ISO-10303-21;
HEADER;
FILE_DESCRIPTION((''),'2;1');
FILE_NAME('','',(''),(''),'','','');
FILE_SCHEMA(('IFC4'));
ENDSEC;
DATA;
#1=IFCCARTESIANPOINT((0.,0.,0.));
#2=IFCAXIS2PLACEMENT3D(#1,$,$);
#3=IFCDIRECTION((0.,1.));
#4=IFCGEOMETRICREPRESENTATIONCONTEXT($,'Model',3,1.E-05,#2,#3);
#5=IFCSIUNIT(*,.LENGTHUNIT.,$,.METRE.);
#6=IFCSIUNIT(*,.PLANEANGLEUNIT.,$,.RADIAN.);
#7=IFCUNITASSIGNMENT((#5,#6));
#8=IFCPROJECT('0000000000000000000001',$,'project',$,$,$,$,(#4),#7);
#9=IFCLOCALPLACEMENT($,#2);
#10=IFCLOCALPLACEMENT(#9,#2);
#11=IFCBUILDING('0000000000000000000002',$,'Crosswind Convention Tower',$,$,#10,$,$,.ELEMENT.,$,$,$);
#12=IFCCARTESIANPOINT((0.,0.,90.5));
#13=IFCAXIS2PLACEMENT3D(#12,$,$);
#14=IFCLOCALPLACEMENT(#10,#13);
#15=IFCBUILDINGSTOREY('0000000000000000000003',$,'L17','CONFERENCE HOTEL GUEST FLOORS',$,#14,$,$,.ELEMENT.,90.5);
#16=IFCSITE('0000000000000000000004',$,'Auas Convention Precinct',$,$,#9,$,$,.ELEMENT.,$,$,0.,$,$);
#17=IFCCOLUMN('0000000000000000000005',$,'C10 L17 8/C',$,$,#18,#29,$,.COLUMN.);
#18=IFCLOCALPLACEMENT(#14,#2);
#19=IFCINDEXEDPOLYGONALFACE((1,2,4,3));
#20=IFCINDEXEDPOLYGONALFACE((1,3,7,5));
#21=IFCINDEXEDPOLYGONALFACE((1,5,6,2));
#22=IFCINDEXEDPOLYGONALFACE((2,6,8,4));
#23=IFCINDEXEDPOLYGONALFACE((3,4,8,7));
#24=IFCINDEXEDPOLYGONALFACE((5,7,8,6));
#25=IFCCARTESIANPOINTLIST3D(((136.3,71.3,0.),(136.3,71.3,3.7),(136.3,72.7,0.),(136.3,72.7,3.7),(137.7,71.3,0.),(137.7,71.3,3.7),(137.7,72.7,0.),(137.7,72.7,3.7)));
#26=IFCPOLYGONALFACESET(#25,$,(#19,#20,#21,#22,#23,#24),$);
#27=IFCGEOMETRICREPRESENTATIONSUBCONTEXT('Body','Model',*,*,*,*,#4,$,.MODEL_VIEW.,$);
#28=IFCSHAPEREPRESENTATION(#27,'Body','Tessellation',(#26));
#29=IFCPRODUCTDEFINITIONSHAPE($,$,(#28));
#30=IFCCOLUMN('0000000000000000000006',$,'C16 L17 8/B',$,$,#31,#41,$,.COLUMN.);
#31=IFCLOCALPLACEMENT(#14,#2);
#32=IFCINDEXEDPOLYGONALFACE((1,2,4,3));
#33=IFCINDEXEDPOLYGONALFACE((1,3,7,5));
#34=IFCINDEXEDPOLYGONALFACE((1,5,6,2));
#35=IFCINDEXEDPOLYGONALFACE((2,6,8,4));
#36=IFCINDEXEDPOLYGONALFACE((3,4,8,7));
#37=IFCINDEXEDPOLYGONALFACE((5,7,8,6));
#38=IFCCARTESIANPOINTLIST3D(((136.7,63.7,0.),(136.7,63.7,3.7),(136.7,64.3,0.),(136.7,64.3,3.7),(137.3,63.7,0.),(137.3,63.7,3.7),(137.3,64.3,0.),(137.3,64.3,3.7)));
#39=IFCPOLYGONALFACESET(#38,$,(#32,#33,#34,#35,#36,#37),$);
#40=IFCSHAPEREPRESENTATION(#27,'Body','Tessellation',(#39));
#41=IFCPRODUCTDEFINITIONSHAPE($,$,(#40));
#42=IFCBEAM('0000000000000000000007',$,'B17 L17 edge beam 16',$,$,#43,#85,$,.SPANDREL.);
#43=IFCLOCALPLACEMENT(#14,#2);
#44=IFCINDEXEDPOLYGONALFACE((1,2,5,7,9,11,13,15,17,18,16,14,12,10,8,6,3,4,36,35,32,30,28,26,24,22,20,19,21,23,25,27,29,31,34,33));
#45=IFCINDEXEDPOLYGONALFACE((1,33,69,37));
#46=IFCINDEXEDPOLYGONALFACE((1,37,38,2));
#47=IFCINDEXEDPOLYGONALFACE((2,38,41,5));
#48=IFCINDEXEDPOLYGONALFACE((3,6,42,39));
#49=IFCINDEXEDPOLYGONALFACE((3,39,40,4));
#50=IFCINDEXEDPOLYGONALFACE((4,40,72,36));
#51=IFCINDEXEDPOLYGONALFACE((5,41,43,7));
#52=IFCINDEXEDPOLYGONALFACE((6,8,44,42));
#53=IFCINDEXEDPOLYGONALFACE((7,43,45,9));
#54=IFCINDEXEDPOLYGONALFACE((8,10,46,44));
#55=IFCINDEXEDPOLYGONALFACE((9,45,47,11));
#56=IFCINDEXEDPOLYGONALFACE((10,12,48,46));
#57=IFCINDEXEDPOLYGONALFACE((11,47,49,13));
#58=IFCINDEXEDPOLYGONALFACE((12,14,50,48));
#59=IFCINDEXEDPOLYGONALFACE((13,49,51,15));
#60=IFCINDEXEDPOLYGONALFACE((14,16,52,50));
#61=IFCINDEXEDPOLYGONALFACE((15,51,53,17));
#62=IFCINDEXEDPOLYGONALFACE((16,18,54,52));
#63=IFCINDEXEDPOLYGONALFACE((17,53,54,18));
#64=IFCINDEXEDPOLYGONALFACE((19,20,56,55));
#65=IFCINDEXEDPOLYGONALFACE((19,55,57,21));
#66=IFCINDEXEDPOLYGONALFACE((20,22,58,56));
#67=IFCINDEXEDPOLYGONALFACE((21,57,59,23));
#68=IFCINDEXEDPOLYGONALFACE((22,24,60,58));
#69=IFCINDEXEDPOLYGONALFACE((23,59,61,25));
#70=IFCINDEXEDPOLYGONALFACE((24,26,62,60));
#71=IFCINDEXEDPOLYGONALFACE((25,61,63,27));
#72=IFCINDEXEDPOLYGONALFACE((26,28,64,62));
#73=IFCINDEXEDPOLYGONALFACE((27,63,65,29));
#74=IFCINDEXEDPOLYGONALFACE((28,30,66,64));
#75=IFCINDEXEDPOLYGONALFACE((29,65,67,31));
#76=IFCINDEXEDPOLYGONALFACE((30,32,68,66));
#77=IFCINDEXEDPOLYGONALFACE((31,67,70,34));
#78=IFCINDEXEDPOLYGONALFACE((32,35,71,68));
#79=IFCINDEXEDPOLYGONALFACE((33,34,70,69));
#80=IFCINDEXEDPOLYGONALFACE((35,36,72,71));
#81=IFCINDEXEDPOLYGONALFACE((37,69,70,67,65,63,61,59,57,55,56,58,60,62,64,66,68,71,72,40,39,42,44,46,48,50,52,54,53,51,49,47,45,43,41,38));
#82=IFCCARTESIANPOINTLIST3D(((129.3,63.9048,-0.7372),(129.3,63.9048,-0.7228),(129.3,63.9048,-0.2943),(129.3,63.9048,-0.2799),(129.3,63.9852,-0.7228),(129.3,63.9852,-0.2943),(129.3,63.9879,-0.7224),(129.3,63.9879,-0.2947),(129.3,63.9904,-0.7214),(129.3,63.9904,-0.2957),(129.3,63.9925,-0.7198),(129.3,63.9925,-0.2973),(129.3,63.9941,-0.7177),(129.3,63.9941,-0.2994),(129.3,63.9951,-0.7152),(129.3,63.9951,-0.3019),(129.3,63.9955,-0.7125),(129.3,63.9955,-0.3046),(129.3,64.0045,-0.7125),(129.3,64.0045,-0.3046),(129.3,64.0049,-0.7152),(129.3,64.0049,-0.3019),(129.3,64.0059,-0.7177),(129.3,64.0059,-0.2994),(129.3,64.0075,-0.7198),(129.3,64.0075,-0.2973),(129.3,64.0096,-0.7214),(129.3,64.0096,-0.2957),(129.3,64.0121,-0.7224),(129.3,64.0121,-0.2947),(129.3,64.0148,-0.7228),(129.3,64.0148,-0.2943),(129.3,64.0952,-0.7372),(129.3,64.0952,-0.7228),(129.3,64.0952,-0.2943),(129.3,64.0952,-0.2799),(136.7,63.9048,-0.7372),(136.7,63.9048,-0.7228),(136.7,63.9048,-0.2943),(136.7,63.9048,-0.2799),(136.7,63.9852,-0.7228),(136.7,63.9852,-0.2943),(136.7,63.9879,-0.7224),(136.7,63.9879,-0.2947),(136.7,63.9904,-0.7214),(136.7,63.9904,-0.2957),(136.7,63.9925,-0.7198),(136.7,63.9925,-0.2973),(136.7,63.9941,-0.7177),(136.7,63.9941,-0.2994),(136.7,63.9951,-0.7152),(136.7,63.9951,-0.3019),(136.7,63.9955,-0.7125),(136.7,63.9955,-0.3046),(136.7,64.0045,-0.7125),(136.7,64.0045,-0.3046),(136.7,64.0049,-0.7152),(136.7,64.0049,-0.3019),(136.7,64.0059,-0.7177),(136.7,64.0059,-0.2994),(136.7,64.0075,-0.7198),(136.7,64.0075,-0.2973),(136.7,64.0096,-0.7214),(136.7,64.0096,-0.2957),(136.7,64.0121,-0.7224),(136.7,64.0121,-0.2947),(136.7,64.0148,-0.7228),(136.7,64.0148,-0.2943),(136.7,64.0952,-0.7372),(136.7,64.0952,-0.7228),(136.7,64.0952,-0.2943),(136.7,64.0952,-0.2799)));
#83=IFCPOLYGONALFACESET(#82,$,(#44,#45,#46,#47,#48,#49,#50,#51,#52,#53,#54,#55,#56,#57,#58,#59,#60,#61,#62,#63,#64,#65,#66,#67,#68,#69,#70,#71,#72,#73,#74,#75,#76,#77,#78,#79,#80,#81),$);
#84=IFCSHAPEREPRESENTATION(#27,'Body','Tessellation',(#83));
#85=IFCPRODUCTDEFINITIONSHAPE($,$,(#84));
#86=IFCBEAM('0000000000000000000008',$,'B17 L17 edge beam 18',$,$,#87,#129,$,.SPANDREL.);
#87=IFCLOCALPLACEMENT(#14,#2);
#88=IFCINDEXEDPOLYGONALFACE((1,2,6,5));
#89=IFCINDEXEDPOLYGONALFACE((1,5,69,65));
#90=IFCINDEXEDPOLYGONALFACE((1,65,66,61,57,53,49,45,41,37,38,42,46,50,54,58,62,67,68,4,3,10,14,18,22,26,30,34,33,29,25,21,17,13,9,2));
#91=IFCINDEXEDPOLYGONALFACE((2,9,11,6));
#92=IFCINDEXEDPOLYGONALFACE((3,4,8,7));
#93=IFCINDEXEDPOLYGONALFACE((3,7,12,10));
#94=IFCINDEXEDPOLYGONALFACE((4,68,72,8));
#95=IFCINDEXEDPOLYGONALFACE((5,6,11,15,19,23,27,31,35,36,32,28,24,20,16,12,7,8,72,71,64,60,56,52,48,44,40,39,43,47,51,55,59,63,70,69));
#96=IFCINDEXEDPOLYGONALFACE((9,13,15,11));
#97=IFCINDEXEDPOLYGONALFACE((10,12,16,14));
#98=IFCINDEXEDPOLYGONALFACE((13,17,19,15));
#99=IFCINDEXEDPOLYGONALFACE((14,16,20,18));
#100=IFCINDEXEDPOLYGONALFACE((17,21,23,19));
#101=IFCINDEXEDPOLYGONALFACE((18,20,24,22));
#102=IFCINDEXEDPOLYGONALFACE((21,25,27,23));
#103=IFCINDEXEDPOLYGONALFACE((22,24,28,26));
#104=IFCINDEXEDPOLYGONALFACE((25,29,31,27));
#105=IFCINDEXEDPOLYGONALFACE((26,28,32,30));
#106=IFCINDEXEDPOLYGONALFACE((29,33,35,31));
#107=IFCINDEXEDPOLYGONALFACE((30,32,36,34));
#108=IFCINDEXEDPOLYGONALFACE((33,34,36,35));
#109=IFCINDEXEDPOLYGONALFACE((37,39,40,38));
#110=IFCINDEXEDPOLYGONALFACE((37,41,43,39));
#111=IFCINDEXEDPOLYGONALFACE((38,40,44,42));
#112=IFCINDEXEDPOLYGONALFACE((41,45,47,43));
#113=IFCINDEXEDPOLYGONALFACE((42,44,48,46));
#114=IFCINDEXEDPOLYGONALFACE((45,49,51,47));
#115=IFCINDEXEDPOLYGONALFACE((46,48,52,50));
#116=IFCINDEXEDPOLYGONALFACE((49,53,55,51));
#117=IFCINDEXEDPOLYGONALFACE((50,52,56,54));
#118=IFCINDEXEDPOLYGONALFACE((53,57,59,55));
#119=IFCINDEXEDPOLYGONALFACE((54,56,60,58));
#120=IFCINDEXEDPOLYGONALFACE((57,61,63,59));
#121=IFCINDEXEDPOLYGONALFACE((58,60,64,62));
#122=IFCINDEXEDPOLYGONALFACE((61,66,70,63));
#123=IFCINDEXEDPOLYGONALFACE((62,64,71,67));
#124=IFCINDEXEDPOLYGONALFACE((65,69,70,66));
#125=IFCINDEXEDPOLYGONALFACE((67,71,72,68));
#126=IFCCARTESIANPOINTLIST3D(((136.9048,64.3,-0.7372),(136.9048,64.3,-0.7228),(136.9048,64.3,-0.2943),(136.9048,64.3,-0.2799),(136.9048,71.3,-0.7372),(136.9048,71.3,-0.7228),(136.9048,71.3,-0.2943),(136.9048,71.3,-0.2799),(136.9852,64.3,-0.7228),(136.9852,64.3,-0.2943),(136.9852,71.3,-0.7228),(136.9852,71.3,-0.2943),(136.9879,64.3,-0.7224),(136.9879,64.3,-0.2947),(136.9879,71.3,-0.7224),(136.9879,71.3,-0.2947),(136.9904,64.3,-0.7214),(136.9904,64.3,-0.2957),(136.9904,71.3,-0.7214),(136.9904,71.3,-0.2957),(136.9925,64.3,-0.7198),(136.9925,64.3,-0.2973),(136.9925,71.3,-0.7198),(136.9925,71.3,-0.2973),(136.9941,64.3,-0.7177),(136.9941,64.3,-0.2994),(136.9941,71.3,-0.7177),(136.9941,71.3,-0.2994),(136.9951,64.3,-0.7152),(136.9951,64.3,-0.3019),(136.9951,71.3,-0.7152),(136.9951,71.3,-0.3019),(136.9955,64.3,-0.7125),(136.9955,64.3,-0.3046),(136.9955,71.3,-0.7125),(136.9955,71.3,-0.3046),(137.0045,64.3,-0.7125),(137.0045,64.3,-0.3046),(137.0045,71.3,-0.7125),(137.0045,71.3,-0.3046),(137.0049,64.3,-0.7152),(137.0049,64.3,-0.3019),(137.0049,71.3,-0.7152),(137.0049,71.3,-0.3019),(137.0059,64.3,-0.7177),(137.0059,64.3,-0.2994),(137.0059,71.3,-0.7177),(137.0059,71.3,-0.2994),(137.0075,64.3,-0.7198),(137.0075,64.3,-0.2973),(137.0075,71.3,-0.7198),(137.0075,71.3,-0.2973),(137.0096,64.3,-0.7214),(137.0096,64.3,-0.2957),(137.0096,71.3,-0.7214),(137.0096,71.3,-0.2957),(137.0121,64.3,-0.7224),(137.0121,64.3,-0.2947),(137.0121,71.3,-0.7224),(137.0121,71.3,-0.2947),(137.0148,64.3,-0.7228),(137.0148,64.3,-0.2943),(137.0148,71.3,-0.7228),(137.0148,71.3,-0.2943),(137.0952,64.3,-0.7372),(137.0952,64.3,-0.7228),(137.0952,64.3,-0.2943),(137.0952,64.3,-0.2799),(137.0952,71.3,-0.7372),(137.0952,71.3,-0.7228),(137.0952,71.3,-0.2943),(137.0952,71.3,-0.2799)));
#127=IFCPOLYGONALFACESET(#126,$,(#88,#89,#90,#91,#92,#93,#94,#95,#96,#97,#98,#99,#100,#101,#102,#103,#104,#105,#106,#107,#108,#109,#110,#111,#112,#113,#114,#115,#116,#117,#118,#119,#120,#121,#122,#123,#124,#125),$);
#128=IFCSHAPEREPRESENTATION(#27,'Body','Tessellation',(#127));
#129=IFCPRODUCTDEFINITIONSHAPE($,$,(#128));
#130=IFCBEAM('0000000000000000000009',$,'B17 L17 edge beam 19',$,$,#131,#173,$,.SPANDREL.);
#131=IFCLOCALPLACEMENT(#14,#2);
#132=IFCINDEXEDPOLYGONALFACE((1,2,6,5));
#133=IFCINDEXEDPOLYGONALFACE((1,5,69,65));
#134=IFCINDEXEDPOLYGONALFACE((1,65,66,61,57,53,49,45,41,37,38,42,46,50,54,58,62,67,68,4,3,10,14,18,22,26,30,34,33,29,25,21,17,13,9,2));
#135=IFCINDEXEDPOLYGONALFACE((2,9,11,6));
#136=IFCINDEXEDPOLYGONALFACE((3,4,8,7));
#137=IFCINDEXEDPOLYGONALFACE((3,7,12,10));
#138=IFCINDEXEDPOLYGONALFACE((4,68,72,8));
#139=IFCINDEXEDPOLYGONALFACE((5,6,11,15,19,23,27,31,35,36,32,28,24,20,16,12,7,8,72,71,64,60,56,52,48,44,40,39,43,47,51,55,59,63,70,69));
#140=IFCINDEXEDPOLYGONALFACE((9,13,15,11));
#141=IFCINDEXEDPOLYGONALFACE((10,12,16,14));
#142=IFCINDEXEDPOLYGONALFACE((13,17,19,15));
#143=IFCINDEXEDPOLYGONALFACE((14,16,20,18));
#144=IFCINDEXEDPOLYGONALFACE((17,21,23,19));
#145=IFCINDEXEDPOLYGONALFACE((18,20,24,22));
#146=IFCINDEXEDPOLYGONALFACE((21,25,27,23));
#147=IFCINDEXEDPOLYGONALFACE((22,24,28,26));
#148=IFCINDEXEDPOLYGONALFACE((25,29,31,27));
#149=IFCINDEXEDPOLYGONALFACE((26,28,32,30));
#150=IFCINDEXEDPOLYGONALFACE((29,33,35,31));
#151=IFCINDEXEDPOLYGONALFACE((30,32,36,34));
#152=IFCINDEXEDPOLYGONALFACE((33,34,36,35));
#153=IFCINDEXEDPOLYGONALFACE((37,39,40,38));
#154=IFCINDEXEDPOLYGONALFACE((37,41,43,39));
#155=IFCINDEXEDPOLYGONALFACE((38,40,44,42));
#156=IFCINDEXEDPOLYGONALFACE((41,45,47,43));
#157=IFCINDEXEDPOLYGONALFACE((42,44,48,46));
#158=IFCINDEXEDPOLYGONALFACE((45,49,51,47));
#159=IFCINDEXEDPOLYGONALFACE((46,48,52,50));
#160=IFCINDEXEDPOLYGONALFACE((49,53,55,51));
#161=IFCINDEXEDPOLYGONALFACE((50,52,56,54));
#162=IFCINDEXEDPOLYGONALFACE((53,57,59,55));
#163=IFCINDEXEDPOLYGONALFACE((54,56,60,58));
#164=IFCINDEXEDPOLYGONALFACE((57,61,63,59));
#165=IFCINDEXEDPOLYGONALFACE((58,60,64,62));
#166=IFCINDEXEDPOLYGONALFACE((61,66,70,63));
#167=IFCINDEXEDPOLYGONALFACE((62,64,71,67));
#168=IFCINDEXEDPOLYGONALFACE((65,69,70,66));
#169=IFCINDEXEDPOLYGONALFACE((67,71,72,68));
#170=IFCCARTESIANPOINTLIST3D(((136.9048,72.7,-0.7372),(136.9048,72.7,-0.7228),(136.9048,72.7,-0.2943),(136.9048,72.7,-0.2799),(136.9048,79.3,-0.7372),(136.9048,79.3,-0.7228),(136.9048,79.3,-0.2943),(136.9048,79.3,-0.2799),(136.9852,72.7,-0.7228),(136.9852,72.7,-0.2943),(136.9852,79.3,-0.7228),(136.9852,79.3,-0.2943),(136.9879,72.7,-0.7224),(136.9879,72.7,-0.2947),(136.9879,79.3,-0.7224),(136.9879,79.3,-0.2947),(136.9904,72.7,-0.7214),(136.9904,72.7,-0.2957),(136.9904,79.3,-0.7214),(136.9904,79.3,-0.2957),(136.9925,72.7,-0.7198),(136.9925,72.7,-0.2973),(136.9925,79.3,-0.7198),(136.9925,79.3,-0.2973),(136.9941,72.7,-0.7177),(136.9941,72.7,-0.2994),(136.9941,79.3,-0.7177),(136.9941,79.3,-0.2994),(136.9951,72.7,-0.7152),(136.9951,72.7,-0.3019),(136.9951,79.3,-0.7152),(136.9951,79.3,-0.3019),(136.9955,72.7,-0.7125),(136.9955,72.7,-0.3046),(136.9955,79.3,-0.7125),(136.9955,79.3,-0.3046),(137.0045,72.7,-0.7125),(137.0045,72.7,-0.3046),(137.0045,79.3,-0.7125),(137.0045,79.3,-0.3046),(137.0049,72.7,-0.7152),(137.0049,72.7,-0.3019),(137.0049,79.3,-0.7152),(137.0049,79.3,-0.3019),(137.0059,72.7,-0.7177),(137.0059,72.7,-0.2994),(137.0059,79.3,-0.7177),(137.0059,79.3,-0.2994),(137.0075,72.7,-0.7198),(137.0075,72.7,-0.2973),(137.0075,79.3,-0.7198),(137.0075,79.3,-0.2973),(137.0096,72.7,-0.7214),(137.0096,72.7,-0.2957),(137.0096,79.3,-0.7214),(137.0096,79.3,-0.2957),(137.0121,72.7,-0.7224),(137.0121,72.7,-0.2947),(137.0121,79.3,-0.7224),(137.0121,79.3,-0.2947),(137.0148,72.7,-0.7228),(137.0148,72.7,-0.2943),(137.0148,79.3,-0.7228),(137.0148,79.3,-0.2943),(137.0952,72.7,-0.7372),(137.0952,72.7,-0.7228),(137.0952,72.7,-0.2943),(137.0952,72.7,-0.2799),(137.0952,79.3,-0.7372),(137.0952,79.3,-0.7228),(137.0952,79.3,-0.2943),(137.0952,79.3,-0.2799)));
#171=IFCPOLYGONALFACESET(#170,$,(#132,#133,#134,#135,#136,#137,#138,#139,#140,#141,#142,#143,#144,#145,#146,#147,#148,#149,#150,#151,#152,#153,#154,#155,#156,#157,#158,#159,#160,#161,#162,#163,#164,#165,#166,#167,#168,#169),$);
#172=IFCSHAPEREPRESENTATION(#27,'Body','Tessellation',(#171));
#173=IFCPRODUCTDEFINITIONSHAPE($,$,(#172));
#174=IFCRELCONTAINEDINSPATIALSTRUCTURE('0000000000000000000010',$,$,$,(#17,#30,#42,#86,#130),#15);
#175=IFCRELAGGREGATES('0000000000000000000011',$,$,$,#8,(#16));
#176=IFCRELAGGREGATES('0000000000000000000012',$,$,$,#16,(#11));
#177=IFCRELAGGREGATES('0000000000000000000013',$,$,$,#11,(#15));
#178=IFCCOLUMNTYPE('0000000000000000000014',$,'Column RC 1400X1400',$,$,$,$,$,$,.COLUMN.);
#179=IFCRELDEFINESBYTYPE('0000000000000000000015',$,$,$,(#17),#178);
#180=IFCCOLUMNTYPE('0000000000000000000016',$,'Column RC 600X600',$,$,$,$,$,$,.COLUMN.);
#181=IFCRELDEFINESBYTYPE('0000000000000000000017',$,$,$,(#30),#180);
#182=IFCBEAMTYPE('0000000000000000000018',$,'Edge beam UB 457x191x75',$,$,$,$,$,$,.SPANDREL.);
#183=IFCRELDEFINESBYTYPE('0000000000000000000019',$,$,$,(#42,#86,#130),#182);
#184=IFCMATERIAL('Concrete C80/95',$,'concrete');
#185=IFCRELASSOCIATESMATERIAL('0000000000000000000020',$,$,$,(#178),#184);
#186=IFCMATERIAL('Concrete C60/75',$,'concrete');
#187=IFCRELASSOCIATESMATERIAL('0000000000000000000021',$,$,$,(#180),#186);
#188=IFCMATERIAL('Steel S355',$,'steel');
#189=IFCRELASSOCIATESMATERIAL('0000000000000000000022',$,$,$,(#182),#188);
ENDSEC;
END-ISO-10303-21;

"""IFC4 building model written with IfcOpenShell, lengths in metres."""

from ifc_helpers import new_model, si_unit, direction, frame, origin, origin_2d, place, context, subcontext, project, spatial, rectangle, i_section, extrude, material, material_profile, profile_set, type_object, element, save


model = new_model("IFC4")

# Units and contexts
model_context = context("Model", 3, precision=1e-05, world=origin(), true_north=direction((0.0, 1.0)))
body_context = subcontext(model_context, "Body", "Model", "MODEL_VIEW")
ifc_project = project(units=[si_unit("LENGTHUNIT", "METRE"), si_unit("PLANEANGLEUNIT", "RADIAN")], contexts=[model_context])

# Site, building, storey
site_placement = place(None, origin())
site = spatial("IfcSite", under=ifc_project, at=site_placement, Name="Auas Convention Precinct", CompositionType="ELEMENT", RefElevation=0.0)
building_placement = place(site_placement, origin())
building = spatial("IfcBuilding", under=site, at=building_placement, Name="Crosswind Convention Tower", CompositionType="ELEMENT")
storey_placement = place(building_placement, frame((0.0, 0.0, 90.5)))
storey = spatial("IfcBuildingStorey", under=building, at=storey_placement, Name="L17", Description="CONFERENCE HOTEL GUEST FLOORS", CompositionType="ELEMENT", Elevation=90.5)

# Columns
ifc_material_1 = material(Name="Concrete C80/95", Category="concrete")
ifc_material_profile_1 = material_profile(ifc_material_1, rectangle(XDim=1.3999, YDim=1.3999, at=origin_2d()), Name="RC 1400X1400")
ifc_profile_set_1 = profile_set([ifc_material_profile_1], Name="Concrete C80/95")
column_type_1 = type_object("IfcColumnType", Name="Column RC 1400X1400", PredefinedType="COLUMN", material=ifc_profile_set_1)
column_1_placement = place(storey_placement, frame((137.0, 72.0, 0.0), z_axis=(0.0, 0.0, 1.0), x_axis=(1.0, 0.0, 0.0)))
element("IfcColumn", 1, at=column_1_placement, inside=storey, type_object=column_type_1, Name="C10 L17 8/C", PredefinedType="COLUMN", context=body_context, shape_type="SweptSolid", body=[
    extrude(rectangle(XDim=1.3999, YDim=1.3999, at=origin_2d()), origin(), (0.0, 0.0, 1.0), 3.7),
])
ifc_material_2 = material(Name="Concrete C60/75", Category="concrete")
ifc_material_profile_2 = material_profile(ifc_material_2, rectangle(XDim=0.6001, YDim=0.6001, at=origin_2d()), Name="RC 600X600")
ifc_profile_set_2 = profile_set([ifc_material_profile_2], Name="Concrete C60/75")
column_type_2 = type_object("IfcColumnType", Name="Column RC 600X600", PredefinedType="COLUMN", material=ifc_profile_set_2)
column_2_placement = place(storey_placement, frame((137.0, 64.0, 0.0), z_axis=(0.0, 0.0, 1.0), x_axis=(1.0, 0.0, 0.0)))
element("IfcColumn", 2, at=column_2_placement, inside=storey, type_object=column_type_2, Name="C16 L17 8/B", PredefinedType="COLUMN", context=body_context, shape_type="SweptSolid", body=[
    extrude(rectangle(XDim=0.6001, YDim=0.6001, at=origin_2d()), origin(), (0.0, 0.0, 1.0), 3.7),
])

# Beams
ifc_material_3 = material(Name="Steel S355", Category="steel")
ifc_material_profile_3 = material_profile(ifc_material_3, i_section(OverallWidth=0.1904, OverallDepth=0.4573, WebThickness=0.009, FlangeThickness=0.0144, FilletRadius=0.0103, at=origin_2d()), Name="UB 457x191x75")
ifc_profile_set_3 = profile_set([ifc_material_profile_3], Name="Steel S355")
beam_type_1 = type_object("IfcBeamType", Name="Edge beam UB 457x191x75", PredefinedType="SPANDREL", material=ifc_profile_set_3)
beam_1_placement = place(storey_placement, frame((129.3, 64.0, -0.5085), z_axis=(1.0, 0.0, 0.0), x_axis=(0.0, 1.0, 0.0)))
element("IfcBeam", 3, at=beam_1_placement, inside=storey, type_object=beam_type_1, Name="B17 L17 edge beam 16", PredefinedType="SPANDREL", context=body_context, shape_type="SweptSolid", body=[
    extrude(i_section(OverallWidth=0.1904, OverallDepth=0.4573, WebThickness=0.009, FlangeThickness=0.0144, FilletRadius=0.0103, at=origin_2d()), origin(), (0.0, 0.0, 1.0), 7.3999),
])
beam_2_placement = place(storey_placement, frame((137.0, 64.3, -0.5085), z_axis=(0.0, 1.0, 0.0), x_axis=(-1.0, 0.0, 0.0)))
element("IfcBeam", 4, at=beam_2_placement, inside=storey, type_object=beam_type_1, Name="B17 L17 edge beam 18", PredefinedType="SPANDREL", context=body_context, shape_type="SweptSolid", body=[
    extrude(i_section(OverallWidth=0.1904, OverallDepth=0.4573, WebThickness=0.009, FlangeThickness=0.0144, FilletRadius=0.0103, at=origin_2d()), origin(), (0.0, 0.0, 1.0), 7.0),
])
beam_3_placement = place(storey_placement, frame((137.0, 72.7, -0.5085), z_axis=(0.0, 1.0, 0.0), x_axis=(-1.0, 0.0, 0.0)))
element("IfcBeam", 5, at=beam_3_placement, inside=storey, type_object=beam_type_1, Name="B17 L17 edge beam 19", PredefinedType="SPANDREL", context=body_context, shape_type="SweptSolid", body=[
    extrude(i_section(OverallWidth=0.1904, OverallDepth=0.4573, WebThickness=0.009, FlangeThickness=0.0144, FilletRadius=0.0103, at=origin_2d()), origin(), (0.0, 0.0, 1.0), 6.6001),
])

save(model, "model.ifc")
